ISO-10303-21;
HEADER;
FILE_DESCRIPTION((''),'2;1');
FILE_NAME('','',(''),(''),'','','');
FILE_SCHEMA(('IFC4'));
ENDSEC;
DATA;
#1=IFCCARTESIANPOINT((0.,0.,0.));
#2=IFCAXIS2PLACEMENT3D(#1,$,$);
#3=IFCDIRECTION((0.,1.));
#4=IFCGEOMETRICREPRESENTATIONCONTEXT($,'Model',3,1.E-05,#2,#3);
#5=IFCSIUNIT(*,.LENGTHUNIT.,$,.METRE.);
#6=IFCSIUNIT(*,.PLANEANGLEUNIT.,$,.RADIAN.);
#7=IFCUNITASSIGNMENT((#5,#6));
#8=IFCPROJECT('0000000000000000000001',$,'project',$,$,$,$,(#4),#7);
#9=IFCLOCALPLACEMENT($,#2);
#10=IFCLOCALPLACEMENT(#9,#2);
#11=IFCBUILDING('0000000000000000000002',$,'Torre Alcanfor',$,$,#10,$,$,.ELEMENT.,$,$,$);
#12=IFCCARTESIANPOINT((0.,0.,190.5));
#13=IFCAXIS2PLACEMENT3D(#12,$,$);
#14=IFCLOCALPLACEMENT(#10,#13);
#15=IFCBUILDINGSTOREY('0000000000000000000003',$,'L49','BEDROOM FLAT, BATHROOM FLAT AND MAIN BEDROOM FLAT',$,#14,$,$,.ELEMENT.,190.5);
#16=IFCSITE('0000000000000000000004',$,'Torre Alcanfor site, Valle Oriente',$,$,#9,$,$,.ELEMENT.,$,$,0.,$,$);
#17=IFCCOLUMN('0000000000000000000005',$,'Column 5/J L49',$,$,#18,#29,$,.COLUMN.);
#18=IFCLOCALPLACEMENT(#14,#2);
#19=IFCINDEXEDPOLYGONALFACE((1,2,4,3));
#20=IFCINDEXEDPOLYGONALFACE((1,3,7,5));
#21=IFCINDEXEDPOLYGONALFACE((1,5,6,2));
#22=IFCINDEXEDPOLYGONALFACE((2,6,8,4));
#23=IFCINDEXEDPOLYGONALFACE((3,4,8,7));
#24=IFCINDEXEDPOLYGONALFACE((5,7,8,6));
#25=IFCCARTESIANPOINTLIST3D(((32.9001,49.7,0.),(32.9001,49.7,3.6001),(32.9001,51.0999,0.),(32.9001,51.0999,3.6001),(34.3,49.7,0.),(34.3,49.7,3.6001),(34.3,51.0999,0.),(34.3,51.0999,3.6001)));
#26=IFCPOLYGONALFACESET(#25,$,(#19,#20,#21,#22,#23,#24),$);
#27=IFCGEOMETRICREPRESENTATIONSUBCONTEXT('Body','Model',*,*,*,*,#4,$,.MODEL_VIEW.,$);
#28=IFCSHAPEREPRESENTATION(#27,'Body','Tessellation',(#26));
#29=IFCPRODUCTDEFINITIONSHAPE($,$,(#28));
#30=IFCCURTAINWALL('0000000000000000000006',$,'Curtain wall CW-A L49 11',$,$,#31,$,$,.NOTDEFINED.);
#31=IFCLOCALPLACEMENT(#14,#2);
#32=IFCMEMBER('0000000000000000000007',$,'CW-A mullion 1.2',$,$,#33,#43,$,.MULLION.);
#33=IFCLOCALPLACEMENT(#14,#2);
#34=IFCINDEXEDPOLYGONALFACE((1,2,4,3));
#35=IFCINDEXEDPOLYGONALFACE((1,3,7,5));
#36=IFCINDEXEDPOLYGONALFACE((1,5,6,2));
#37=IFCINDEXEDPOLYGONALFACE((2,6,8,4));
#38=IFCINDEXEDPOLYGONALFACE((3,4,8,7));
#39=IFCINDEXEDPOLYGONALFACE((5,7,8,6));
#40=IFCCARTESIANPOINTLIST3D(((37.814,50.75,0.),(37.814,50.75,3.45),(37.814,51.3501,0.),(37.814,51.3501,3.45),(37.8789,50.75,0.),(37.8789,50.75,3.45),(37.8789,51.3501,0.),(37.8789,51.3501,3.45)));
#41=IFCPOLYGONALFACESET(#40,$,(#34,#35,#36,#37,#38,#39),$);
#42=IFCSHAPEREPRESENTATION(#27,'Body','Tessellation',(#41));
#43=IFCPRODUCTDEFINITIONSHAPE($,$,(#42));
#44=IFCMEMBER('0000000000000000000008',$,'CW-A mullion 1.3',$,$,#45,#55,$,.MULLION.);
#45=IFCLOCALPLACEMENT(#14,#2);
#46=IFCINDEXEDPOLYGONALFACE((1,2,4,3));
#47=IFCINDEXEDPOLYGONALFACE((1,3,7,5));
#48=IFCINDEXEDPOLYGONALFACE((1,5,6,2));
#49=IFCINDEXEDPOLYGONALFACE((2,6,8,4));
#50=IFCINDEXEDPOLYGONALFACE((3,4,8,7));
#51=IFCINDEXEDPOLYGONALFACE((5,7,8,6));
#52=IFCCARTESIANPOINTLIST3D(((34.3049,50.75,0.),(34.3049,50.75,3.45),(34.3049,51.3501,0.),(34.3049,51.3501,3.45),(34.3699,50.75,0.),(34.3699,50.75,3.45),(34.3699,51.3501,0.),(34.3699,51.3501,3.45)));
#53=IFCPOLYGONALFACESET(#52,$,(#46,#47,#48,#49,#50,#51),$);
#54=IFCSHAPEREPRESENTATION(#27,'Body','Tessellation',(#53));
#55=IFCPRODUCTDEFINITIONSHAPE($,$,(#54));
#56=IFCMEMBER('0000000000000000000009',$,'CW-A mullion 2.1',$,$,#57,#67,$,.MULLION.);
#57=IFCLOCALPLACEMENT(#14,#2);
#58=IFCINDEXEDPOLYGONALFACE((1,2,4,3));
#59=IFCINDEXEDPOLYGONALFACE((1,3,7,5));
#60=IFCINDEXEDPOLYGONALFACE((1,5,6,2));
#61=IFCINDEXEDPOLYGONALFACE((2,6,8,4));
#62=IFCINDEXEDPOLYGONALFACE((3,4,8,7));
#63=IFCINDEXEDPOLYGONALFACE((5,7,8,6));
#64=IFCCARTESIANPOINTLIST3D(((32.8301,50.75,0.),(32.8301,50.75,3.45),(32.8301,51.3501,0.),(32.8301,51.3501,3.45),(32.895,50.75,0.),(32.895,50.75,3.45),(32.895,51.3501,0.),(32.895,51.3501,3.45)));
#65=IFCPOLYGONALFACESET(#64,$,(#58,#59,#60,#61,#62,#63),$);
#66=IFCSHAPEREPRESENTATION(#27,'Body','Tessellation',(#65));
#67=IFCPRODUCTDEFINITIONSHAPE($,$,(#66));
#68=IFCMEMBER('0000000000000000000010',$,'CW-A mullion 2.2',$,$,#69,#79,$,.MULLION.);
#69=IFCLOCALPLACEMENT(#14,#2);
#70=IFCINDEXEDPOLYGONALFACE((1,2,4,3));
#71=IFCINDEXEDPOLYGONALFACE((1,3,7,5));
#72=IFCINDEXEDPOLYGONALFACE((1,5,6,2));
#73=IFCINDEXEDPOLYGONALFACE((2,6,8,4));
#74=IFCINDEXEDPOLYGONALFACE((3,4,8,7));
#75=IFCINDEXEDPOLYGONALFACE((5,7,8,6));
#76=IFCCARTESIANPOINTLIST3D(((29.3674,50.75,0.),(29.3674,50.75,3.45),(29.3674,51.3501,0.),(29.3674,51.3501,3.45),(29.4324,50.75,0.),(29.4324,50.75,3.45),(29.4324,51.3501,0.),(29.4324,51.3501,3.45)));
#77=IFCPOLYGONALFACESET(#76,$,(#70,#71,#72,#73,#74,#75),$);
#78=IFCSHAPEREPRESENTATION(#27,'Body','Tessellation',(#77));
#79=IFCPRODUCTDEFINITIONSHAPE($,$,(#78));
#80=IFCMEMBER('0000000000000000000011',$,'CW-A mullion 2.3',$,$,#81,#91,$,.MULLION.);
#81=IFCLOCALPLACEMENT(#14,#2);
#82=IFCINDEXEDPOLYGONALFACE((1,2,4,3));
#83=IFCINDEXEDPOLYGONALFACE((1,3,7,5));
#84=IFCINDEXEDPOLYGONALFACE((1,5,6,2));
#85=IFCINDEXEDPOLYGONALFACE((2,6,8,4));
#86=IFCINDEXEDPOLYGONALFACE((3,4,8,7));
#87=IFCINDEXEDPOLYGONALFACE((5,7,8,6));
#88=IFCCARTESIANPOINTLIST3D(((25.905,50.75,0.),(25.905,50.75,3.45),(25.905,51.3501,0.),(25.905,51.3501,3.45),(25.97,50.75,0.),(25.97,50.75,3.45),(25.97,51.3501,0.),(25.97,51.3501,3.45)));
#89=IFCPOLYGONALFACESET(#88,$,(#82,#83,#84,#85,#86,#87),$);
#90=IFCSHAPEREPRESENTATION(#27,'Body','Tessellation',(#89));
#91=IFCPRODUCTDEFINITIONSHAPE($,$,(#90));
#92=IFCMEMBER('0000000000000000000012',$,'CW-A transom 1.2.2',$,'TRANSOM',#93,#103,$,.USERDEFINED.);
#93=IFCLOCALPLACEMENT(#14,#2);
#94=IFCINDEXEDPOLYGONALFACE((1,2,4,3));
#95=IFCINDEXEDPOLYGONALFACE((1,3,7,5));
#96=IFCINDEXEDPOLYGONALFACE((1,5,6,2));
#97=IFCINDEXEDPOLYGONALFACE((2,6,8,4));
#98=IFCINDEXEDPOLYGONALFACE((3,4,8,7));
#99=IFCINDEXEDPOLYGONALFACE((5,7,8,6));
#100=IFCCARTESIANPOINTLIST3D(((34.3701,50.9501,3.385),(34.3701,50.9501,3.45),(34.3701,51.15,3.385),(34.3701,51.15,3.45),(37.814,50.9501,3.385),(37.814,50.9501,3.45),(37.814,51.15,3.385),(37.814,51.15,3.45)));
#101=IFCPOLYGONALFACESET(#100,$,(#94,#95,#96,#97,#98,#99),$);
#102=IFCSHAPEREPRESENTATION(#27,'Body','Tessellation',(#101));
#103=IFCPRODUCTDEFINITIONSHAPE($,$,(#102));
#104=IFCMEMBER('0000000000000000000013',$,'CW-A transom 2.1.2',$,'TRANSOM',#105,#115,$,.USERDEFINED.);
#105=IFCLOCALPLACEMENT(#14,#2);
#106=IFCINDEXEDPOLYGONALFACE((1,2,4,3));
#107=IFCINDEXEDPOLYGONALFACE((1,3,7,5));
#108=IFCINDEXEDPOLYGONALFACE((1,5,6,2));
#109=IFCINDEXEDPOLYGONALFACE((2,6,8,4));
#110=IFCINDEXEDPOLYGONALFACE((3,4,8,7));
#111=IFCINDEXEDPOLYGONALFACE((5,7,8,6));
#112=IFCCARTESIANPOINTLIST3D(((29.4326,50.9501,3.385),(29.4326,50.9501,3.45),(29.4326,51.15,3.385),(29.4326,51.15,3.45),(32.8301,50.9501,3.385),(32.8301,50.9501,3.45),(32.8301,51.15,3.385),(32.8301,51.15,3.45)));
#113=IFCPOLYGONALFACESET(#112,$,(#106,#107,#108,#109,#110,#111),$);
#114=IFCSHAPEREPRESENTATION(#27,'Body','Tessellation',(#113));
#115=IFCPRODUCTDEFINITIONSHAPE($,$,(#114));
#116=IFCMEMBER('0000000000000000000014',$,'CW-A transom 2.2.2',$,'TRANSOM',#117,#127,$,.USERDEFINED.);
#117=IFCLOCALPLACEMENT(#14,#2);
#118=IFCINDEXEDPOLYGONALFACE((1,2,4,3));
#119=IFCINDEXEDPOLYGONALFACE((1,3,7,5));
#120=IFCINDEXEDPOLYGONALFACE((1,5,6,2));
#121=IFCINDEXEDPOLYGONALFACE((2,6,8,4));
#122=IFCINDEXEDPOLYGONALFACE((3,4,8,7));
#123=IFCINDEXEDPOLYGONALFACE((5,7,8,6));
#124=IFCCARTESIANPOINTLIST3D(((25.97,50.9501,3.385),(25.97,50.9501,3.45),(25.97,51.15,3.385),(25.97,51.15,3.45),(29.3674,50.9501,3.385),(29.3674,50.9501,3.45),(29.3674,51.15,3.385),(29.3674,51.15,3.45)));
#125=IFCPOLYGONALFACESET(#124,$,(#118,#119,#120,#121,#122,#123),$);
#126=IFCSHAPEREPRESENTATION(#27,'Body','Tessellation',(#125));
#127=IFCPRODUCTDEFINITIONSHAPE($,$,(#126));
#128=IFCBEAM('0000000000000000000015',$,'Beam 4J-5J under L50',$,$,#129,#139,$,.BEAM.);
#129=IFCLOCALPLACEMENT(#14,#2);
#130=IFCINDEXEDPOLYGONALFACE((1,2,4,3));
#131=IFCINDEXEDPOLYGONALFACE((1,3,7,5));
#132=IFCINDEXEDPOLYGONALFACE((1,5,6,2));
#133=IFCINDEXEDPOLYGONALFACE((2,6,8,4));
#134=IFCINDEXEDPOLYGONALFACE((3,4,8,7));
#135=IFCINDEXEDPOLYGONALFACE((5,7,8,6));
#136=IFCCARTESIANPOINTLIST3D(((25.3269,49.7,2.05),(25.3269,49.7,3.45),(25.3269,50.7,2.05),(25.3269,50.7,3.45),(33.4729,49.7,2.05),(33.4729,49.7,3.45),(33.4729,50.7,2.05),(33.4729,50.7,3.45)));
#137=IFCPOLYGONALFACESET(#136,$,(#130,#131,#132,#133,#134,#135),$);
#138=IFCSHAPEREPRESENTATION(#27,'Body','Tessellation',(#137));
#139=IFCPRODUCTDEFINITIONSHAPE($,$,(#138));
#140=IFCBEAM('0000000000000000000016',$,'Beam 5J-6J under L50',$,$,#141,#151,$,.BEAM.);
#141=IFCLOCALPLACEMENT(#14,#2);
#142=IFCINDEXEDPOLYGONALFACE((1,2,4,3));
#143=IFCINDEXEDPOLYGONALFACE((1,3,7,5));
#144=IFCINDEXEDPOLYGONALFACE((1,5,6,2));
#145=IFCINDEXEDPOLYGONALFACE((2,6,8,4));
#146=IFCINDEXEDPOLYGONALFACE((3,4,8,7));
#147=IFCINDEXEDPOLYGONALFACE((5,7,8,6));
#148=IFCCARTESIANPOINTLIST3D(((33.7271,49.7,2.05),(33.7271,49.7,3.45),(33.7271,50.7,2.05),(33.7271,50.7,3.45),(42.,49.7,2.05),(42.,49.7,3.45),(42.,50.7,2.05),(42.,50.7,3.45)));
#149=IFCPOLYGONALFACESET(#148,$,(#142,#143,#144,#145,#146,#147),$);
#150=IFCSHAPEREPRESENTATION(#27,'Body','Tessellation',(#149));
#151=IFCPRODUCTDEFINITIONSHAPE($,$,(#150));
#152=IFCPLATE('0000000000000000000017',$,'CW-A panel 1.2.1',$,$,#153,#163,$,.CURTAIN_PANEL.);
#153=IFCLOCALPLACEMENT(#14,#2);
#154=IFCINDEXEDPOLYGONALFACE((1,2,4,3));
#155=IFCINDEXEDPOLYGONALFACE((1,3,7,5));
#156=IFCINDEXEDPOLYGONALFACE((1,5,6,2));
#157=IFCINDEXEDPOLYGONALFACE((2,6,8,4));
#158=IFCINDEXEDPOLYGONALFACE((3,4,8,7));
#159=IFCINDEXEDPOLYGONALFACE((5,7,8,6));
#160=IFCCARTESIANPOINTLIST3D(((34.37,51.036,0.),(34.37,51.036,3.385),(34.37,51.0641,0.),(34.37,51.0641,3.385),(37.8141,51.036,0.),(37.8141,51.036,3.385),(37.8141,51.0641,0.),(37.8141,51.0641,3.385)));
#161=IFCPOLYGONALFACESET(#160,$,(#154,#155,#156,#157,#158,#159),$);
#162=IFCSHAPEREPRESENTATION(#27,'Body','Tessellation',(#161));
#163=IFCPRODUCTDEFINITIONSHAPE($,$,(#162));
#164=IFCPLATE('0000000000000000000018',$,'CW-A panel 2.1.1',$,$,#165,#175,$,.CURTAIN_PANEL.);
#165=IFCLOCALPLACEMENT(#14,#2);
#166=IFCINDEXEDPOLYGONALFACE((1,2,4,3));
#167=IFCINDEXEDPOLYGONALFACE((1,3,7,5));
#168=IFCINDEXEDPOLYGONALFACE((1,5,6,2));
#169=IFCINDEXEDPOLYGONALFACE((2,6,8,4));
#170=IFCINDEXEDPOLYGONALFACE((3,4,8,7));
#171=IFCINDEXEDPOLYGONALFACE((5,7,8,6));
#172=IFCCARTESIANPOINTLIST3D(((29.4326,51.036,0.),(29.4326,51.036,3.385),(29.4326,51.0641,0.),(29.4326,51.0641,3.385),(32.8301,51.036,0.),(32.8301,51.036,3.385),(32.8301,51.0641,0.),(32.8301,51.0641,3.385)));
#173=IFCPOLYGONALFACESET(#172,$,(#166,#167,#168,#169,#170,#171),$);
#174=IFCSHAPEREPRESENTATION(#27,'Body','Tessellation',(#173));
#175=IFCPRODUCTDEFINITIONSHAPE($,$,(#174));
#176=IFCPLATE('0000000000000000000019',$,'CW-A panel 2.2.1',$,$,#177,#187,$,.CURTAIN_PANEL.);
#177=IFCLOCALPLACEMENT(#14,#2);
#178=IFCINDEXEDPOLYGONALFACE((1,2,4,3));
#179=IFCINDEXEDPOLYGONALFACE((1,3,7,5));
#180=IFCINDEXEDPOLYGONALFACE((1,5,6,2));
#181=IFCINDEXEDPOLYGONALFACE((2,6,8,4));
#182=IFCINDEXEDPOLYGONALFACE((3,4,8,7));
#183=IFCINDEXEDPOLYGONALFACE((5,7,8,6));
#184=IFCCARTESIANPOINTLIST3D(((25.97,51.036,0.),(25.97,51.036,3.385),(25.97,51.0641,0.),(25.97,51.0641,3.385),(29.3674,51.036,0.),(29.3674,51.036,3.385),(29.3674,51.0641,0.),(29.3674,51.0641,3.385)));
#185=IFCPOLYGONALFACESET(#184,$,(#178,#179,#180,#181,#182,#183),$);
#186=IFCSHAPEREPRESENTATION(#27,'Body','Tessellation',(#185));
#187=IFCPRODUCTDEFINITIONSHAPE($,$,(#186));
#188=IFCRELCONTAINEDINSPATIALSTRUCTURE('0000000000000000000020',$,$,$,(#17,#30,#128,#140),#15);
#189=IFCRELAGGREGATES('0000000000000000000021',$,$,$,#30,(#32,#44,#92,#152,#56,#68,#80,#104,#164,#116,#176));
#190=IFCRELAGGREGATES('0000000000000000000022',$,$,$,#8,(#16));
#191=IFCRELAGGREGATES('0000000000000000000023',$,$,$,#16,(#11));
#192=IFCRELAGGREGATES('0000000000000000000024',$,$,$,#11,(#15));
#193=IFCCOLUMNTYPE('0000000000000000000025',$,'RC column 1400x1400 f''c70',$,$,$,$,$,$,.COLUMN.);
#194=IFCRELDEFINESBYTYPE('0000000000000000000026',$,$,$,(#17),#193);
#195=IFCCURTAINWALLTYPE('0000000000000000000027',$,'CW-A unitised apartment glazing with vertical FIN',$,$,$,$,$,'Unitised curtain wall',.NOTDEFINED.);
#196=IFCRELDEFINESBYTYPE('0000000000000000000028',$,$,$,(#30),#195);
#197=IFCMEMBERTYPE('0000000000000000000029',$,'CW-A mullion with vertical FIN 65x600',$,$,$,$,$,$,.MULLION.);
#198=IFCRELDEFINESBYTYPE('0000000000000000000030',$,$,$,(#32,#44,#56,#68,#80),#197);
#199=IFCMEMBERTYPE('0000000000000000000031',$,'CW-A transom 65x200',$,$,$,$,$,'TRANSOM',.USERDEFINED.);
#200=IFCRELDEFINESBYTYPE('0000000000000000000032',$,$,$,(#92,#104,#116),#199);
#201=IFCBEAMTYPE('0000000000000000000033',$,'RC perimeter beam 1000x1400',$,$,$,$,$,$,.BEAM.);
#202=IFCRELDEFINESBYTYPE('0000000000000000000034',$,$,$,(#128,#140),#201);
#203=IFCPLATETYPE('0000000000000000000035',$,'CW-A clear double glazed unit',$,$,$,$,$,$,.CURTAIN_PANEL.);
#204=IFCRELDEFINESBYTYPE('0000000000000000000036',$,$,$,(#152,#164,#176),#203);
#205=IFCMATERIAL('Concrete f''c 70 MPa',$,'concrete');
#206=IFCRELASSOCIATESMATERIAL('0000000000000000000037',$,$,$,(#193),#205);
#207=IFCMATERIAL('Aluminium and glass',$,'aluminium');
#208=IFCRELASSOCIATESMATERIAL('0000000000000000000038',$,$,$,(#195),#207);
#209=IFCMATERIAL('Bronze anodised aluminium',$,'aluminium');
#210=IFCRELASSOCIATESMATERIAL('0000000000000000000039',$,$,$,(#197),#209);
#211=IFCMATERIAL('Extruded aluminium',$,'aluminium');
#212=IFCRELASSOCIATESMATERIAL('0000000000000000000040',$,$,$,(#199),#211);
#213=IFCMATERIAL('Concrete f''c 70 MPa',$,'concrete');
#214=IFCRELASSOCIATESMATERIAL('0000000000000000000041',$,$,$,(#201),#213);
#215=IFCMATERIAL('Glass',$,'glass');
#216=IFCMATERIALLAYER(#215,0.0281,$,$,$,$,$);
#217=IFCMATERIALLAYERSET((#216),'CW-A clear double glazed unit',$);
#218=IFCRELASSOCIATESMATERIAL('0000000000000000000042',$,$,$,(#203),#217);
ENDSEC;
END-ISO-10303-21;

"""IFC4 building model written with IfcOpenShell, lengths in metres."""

from ifc_helpers import new_model, si_unit, direction, frame, origin, origin_2d, place, context, subcontext, project, spatial, rectangle, extrude, material, layer, layer_set, material_profile, profile_set, type_object, element, aggregate, save


model = new_model("IFC4")

# Units and contexts
model_context = context("Model", 3, precision=1e-05, world=origin(), true_north=direction((0.0, 1.0)))
body_context = subcontext(model_context, "Body", "Model", "MODEL_VIEW")
ifc_project = project(units=[si_unit("LENGTHUNIT", "METRE"), si_unit("PLANEANGLEUNIT", "RADIAN")], contexts=[model_context])

# Site, building, storey
site_placement = place(None, origin())
site = spatial("IfcSite", under=ifc_project, at=site_placement, Name="Torre Alcanfor site, Valle Oriente", CompositionType="ELEMENT", RefElevation=0.0)
building_placement = place(site_placement, origin())
building = spatial("IfcBuilding", under=site, at=building_placement, Name="Torre Alcanfor", CompositionType="ELEMENT")
storey_placement = place(building_placement, frame((0.0, 0.0, 190.5)))
storey = spatial("IfcBuildingStorey", under=building, at=storey_placement, Name="L49", Description="BEDROOM FLAT, BATHROOM FLAT AND MAIN BEDROOM FLAT", CompositionType="ELEMENT", Elevation=190.5)

# Column
ifc_material_1 = material(Name="Concrete f'c 70 MPa", Category="concrete")
ifc_material_profile_1 = material_profile(ifc_material_1, rectangle(XDim=1.3999, YDim=1.3999, at=origin_2d()), Name="1400x1400")
ifc_profile_set_1 = profile_set([ifc_material_profile_1], Name="Concrete f'c 70 MPa")
column_type = type_object("IfcColumnType", Name="RC column 1400x1400 f'c70", PredefinedType="COLUMN", material=ifc_profile_set_1)
column_placement = place(storey_placement, frame((33.6001, 50.3999, 0.0), z_axis=(0.0, 0.0, 1.0), x_axis=(1.0, 0.0, 0.0)))
element("IfcColumn", 1, at=column_placement, inside=storey, type_object=column_type, Name="Column 5/J L49", PredefinedType="COLUMN", context=body_context, shape_type="SweptSolid", body=[
    extrude(rectangle(XDim=1.3999, YDim=1.3999, at=origin_2d()), origin(), (0.0, 0.0, 1.0), 3.6001),
])

# Curtain wall, members
ifc_material_2 = material(Name="Aluminium and glass", Category="aluminium")
curtain_wall_type = type_object("IfcCurtainWallType", Name="CW-A unitised apartment glazing with vertical FIN", ElementType="Unitised curtain wall", PredefinedType="NOTDEFINED", material=ifc_material_2)
curtain_wall_placement = place(storey_placement, origin())
curtain_wall = element("IfcCurtainWall", 2, at=curtain_wall_placement, inside=storey, type_object=curtain_wall_type, Name="Curtain wall CW-A L49 11", PredefinedType="NOTDEFINED")
ifc_material_3 = material(Name="Bronze anodised aluminium", Category="aluminium")
ifc_material_profile_2 = material_profile(ifc_material_3, rectangle(XDim=0.6001, YDim=0.0649, at=origin_2d()), Name="CW-A mullion 65x600")
ifc_profile_set_2 = profile_set([ifc_material_profile_2], Name="Bronze anodised aluminium")
member_type_1 = type_object("IfcMemberType", Name="CW-A mullion with vertical FIN 65x600", PredefinedType="MULLION", material=ifc_profile_set_2)
member_1_placement = place(storey_placement, frame((37.8464, 51.05, 0.0), z_axis=(0.0, 0.0, 1.0), x_axis=(0.0, -1.0, 0.0)))
member_1 = element("IfcMember", 3, at=member_1_placement, type_object=member_type_1, Name="CW-A mullion 1.2", PredefinedType="MULLION", context=body_context, shape_type="SweptSolid", body=[
    extrude(rectangle(XDim=0.6001, YDim=0.0649, at=origin_2d()), origin(), (0.0, 0.0, 1.0), 3.45),
])
member_2_placement = place(storey_placement, frame((34.3374, 51.05, 0.0), z_axis=(0.0, 0.0, 1.0), x_axis=(0.0, -1.0, 0.0)))
member_2 = element("IfcMember", 4, at=member_2_placement, type_object=member_type_1, Name="CW-A mullion 1.3", PredefinedType="MULLION", context=body_context, shape_type="SweptSolid", body=[
    extrude(rectangle(XDim=0.6001, YDim=0.0649, at=origin_2d()), origin(), (0.0, 0.0, 1.0), 3.45),
])
member_3_placement = place(storey_placement, frame((32.8625, 51.05, 0.0), z_axis=(0.0, 0.0, 1.0), x_axis=(0.0, -1.0, 0.0)))
member_3 = element("IfcMember", 5, at=member_3_placement, type_object=member_type_1, Name="CW-A mullion 2.1", PredefinedType="MULLION", context=body_context, shape_type="SweptSolid", body=[
    extrude(rectangle(XDim=0.6001, YDim=0.0649, at=origin_2d()), origin(), (0.0, 0.0, 1.0), 3.45),
])
member_4_placement = place(storey_placement, frame((29.3999, 51.05, 0.0), z_axis=(0.0, 0.0, 1.0), x_axis=(0.0, -1.0, 0.0)))
member_4 = element("IfcMember", 6, at=member_4_placement, type_object=member_type_1, Name="CW-A mullion 2.2", PredefinedType="MULLION", context=body_context, shape_type="SweptSolid", body=[
    extrude(rectangle(XDim=0.6001, YDim=0.0649, at=origin_2d()), origin(), (0.0, 0.0, 1.0), 3.45),
])
member_5_placement = place(storey_placement, frame((25.9375, 51.05, 0.0), z_axis=(0.0, 0.0, 1.0), x_axis=(0.0, -1.0, 0.0)))
member_5 = element("IfcMember", 7, at=member_5_placement, type_object=member_type_1, Name="CW-A mullion 2.3", PredefinedType="MULLION", context=body_context, shape_type="SweptSolid", body=[
    extrude(rectangle(XDim=0.6001, YDim=0.0649, at=origin_2d()), origin(), (0.0, 0.0, 1.0), 3.45),
])
ifc_material_4 = material(Name="Extruded aluminium", Category="aluminium")
ifc_material_profile_3 = material_profile(ifc_material_4, rectangle(XDim=0.2, YDim=0.0649, at=origin_2d()), Name="CW-A transom 200x65")
ifc_profile_set_3 = profile_set([ifc_material_profile_3], Name="Extruded aluminium")
member_type_2 = type_object("IfcMemberType", Name="CW-A transom 65x200", ElementType="TRANSOM", PredefinedType="USERDEFINED", material=ifc_profile_set_3)
member_6_placement = place(storey_placement, frame((37.814, 51.05, 3.4175), z_axis=(-1.0, 0.0, 0.0), x_axis=(0.0, -1.0, 0.0)))
member_6 = element("IfcMember", 8, at=member_6_placement, type_object=member_type_2, Name="CW-A transom 1.2.2", ObjectType="TRANSOM", PredefinedType="USERDEFINED", context=body_context, shape_type="SweptSolid", body=[
    extrude(rectangle(XDim=0.2, YDim=0.0649, at=origin_2d()), origin(), (0.0, 0.0, 1.0), 3.4438),
])
member_7_placement = place(storey_placement, frame((32.8301, 51.05, 3.4175), z_axis=(-1.0, 0.0, 0.0), x_axis=(0.0, -1.0, 0.0)))
member_7 = element("IfcMember", 9, at=member_7_placement, type_object=member_type_2, Name="CW-A transom 2.1.2", ObjectType="TRANSOM", PredefinedType="USERDEFINED", context=body_context, shape_type="SweptSolid", body=[
    extrude(rectangle(XDim=0.2, YDim=0.0649, at=origin_2d()), origin(), (0.0, 0.0, 1.0), 3.3975),
])
member_8_placement = place(storey_placement, frame((29.3674, 51.05, 3.4175), z_axis=(-1.0, 0.0, 0.0), x_axis=(0.0, -1.0, 0.0)))
member_8 = element("IfcMember", 10, at=member_8_placement, type_object=member_type_2, Name="CW-A transom 2.2.2", ObjectType="TRANSOM", PredefinedType="USERDEFINED", context=body_context, shape_type="SweptSolid", body=[
    extrude(rectangle(XDim=0.2, YDim=0.0649, at=origin_2d()), origin(), (0.0, 0.0, 1.0), 3.3975),
])

# Beams
ifc_material_5 = material(Name="Concrete f'c 70 MPa", Category="concrete")
ifc_material_profile_4 = material_profile(ifc_material_5, rectangle(XDim=1.0, YDim=1.3999, at=origin_2d()), Name="1000x1400")
ifc_profile_set_4 = profile_set([ifc_material_profile_4], Name="Concrete f'c 70 MPa")
beam_type = type_object("IfcBeamType", Name="RC perimeter beam 1000x1400", PredefinedType="BEAM", material=ifc_profile_set_4)
beam_1_placement = place(storey_placement, frame((25.3269, 50.2, 2.75), z_axis=(1.0, 0.0, 0.0), x_axis=(0.0, 1.0, 0.0)))
element("IfcBeam", 11, at=beam_1_placement, inside=storey, type_object=beam_type, Name="Beam 4J-5J under L50", PredefinedType="BEAM", context=body_context, shape_type="SweptSolid", body=[
    extrude(rectangle(XDim=1.0, YDim=1.3999, at=origin_2d()), origin(), (0.0, 0.0, 1.0), 8.146),
])
beam_2_placement = place(storey_placement, frame((33.7271, 50.2, 2.75), z_axis=(1.0, 0.0, 0.0), x_axis=(0.0, 1.0, 0.0)))
element("IfcBeam", 12, at=beam_2_placement, inside=storey, type_object=beam_type, Name="Beam 5J-6J under L50", PredefinedType="BEAM", context=body_context, shape_type="SweptSolid", body=[
    extrude(rectangle(XDim=1.0, YDim=1.3999, at=origin_2d()), origin(), (0.0, 0.0, 1.0), 8.2729),
])

# Plates
ifc_material_6 = material(Name="Glass", Category="glass")
ifc_layer_1 = layer(ifc_material_6, 0.0281)
ifc_layer_set_1 = layer_set([ifc_layer_1], Name="CW-A clear double glazed unit")
plate_type = type_object("IfcPlateType", Name="CW-A clear double glazed unit", PredefinedType="CURTAIN_PANEL", material=ifc_layer_set_1)
plate_1_placement = place(storey_placement, frame((36.092, 51.05, 0.0), z_axis=(0.0, 0.0, 1.0), x_axis=(-1.0, 0.0, 0.0)))
plate_1 = element("IfcPlate", 13, at=plate_1_placement, type_object=plate_type, Name="CW-A panel 1.2.1", PredefinedType="CURTAIN_PANEL", context=body_context, shape_type="SweptSolid", body=[
    extrude(rectangle(XDim=3.4441, YDim=0.0281, at=origin_2d()), origin(), (0.0, 0.0, 1.0), 3.385),
])
plate_2_placement = place(storey_placement, frame((31.1313, 51.05, 0.0), z_axis=(0.0, 0.0, 1.0), x_axis=(-1.0, 0.0, 0.0)))
plate_2 = element("IfcPlate", 14, at=plate_2_placement, type_object=plate_type, Name="CW-A panel 2.1.1", PredefinedType="CURTAIN_PANEL", context=body_context, shape_type="SweptSolid", body=[
    extrude(rectangle(XDim=3.3975, YDim=0.0281, at=origin_2d()), origin(), (0.0, 0.0, 1.0), 3.385),
])
plate_3_placement = place(storey_placement, frame((27.6687, 51.05, 0.0), z_axis=(0.0, 0.0, 1.0), x_axis=(-1.0, 0.0, 0.0)))
plate_3 = element("IfcPlate", 15, at=plate_3_placement, type_object=plate_type, Name="CW-A panel 2.2.1", PredefinedType="CURTAIN_PANEL", context=body_context, shape_type="SweptSolid", body=[
    extrude(rectangle(XDim=3.3975, YDim=0.0281, at=origin_2d()), origin(), (0.0, 0.0, 1.0), 3.385),
])
aggregate(curtain_wall, [member_1, member_2, member_6, plate_1, member_3, member_4, member_5, member_7, plate_2, member_8, plate_3])

save(model, "model.ifc")
